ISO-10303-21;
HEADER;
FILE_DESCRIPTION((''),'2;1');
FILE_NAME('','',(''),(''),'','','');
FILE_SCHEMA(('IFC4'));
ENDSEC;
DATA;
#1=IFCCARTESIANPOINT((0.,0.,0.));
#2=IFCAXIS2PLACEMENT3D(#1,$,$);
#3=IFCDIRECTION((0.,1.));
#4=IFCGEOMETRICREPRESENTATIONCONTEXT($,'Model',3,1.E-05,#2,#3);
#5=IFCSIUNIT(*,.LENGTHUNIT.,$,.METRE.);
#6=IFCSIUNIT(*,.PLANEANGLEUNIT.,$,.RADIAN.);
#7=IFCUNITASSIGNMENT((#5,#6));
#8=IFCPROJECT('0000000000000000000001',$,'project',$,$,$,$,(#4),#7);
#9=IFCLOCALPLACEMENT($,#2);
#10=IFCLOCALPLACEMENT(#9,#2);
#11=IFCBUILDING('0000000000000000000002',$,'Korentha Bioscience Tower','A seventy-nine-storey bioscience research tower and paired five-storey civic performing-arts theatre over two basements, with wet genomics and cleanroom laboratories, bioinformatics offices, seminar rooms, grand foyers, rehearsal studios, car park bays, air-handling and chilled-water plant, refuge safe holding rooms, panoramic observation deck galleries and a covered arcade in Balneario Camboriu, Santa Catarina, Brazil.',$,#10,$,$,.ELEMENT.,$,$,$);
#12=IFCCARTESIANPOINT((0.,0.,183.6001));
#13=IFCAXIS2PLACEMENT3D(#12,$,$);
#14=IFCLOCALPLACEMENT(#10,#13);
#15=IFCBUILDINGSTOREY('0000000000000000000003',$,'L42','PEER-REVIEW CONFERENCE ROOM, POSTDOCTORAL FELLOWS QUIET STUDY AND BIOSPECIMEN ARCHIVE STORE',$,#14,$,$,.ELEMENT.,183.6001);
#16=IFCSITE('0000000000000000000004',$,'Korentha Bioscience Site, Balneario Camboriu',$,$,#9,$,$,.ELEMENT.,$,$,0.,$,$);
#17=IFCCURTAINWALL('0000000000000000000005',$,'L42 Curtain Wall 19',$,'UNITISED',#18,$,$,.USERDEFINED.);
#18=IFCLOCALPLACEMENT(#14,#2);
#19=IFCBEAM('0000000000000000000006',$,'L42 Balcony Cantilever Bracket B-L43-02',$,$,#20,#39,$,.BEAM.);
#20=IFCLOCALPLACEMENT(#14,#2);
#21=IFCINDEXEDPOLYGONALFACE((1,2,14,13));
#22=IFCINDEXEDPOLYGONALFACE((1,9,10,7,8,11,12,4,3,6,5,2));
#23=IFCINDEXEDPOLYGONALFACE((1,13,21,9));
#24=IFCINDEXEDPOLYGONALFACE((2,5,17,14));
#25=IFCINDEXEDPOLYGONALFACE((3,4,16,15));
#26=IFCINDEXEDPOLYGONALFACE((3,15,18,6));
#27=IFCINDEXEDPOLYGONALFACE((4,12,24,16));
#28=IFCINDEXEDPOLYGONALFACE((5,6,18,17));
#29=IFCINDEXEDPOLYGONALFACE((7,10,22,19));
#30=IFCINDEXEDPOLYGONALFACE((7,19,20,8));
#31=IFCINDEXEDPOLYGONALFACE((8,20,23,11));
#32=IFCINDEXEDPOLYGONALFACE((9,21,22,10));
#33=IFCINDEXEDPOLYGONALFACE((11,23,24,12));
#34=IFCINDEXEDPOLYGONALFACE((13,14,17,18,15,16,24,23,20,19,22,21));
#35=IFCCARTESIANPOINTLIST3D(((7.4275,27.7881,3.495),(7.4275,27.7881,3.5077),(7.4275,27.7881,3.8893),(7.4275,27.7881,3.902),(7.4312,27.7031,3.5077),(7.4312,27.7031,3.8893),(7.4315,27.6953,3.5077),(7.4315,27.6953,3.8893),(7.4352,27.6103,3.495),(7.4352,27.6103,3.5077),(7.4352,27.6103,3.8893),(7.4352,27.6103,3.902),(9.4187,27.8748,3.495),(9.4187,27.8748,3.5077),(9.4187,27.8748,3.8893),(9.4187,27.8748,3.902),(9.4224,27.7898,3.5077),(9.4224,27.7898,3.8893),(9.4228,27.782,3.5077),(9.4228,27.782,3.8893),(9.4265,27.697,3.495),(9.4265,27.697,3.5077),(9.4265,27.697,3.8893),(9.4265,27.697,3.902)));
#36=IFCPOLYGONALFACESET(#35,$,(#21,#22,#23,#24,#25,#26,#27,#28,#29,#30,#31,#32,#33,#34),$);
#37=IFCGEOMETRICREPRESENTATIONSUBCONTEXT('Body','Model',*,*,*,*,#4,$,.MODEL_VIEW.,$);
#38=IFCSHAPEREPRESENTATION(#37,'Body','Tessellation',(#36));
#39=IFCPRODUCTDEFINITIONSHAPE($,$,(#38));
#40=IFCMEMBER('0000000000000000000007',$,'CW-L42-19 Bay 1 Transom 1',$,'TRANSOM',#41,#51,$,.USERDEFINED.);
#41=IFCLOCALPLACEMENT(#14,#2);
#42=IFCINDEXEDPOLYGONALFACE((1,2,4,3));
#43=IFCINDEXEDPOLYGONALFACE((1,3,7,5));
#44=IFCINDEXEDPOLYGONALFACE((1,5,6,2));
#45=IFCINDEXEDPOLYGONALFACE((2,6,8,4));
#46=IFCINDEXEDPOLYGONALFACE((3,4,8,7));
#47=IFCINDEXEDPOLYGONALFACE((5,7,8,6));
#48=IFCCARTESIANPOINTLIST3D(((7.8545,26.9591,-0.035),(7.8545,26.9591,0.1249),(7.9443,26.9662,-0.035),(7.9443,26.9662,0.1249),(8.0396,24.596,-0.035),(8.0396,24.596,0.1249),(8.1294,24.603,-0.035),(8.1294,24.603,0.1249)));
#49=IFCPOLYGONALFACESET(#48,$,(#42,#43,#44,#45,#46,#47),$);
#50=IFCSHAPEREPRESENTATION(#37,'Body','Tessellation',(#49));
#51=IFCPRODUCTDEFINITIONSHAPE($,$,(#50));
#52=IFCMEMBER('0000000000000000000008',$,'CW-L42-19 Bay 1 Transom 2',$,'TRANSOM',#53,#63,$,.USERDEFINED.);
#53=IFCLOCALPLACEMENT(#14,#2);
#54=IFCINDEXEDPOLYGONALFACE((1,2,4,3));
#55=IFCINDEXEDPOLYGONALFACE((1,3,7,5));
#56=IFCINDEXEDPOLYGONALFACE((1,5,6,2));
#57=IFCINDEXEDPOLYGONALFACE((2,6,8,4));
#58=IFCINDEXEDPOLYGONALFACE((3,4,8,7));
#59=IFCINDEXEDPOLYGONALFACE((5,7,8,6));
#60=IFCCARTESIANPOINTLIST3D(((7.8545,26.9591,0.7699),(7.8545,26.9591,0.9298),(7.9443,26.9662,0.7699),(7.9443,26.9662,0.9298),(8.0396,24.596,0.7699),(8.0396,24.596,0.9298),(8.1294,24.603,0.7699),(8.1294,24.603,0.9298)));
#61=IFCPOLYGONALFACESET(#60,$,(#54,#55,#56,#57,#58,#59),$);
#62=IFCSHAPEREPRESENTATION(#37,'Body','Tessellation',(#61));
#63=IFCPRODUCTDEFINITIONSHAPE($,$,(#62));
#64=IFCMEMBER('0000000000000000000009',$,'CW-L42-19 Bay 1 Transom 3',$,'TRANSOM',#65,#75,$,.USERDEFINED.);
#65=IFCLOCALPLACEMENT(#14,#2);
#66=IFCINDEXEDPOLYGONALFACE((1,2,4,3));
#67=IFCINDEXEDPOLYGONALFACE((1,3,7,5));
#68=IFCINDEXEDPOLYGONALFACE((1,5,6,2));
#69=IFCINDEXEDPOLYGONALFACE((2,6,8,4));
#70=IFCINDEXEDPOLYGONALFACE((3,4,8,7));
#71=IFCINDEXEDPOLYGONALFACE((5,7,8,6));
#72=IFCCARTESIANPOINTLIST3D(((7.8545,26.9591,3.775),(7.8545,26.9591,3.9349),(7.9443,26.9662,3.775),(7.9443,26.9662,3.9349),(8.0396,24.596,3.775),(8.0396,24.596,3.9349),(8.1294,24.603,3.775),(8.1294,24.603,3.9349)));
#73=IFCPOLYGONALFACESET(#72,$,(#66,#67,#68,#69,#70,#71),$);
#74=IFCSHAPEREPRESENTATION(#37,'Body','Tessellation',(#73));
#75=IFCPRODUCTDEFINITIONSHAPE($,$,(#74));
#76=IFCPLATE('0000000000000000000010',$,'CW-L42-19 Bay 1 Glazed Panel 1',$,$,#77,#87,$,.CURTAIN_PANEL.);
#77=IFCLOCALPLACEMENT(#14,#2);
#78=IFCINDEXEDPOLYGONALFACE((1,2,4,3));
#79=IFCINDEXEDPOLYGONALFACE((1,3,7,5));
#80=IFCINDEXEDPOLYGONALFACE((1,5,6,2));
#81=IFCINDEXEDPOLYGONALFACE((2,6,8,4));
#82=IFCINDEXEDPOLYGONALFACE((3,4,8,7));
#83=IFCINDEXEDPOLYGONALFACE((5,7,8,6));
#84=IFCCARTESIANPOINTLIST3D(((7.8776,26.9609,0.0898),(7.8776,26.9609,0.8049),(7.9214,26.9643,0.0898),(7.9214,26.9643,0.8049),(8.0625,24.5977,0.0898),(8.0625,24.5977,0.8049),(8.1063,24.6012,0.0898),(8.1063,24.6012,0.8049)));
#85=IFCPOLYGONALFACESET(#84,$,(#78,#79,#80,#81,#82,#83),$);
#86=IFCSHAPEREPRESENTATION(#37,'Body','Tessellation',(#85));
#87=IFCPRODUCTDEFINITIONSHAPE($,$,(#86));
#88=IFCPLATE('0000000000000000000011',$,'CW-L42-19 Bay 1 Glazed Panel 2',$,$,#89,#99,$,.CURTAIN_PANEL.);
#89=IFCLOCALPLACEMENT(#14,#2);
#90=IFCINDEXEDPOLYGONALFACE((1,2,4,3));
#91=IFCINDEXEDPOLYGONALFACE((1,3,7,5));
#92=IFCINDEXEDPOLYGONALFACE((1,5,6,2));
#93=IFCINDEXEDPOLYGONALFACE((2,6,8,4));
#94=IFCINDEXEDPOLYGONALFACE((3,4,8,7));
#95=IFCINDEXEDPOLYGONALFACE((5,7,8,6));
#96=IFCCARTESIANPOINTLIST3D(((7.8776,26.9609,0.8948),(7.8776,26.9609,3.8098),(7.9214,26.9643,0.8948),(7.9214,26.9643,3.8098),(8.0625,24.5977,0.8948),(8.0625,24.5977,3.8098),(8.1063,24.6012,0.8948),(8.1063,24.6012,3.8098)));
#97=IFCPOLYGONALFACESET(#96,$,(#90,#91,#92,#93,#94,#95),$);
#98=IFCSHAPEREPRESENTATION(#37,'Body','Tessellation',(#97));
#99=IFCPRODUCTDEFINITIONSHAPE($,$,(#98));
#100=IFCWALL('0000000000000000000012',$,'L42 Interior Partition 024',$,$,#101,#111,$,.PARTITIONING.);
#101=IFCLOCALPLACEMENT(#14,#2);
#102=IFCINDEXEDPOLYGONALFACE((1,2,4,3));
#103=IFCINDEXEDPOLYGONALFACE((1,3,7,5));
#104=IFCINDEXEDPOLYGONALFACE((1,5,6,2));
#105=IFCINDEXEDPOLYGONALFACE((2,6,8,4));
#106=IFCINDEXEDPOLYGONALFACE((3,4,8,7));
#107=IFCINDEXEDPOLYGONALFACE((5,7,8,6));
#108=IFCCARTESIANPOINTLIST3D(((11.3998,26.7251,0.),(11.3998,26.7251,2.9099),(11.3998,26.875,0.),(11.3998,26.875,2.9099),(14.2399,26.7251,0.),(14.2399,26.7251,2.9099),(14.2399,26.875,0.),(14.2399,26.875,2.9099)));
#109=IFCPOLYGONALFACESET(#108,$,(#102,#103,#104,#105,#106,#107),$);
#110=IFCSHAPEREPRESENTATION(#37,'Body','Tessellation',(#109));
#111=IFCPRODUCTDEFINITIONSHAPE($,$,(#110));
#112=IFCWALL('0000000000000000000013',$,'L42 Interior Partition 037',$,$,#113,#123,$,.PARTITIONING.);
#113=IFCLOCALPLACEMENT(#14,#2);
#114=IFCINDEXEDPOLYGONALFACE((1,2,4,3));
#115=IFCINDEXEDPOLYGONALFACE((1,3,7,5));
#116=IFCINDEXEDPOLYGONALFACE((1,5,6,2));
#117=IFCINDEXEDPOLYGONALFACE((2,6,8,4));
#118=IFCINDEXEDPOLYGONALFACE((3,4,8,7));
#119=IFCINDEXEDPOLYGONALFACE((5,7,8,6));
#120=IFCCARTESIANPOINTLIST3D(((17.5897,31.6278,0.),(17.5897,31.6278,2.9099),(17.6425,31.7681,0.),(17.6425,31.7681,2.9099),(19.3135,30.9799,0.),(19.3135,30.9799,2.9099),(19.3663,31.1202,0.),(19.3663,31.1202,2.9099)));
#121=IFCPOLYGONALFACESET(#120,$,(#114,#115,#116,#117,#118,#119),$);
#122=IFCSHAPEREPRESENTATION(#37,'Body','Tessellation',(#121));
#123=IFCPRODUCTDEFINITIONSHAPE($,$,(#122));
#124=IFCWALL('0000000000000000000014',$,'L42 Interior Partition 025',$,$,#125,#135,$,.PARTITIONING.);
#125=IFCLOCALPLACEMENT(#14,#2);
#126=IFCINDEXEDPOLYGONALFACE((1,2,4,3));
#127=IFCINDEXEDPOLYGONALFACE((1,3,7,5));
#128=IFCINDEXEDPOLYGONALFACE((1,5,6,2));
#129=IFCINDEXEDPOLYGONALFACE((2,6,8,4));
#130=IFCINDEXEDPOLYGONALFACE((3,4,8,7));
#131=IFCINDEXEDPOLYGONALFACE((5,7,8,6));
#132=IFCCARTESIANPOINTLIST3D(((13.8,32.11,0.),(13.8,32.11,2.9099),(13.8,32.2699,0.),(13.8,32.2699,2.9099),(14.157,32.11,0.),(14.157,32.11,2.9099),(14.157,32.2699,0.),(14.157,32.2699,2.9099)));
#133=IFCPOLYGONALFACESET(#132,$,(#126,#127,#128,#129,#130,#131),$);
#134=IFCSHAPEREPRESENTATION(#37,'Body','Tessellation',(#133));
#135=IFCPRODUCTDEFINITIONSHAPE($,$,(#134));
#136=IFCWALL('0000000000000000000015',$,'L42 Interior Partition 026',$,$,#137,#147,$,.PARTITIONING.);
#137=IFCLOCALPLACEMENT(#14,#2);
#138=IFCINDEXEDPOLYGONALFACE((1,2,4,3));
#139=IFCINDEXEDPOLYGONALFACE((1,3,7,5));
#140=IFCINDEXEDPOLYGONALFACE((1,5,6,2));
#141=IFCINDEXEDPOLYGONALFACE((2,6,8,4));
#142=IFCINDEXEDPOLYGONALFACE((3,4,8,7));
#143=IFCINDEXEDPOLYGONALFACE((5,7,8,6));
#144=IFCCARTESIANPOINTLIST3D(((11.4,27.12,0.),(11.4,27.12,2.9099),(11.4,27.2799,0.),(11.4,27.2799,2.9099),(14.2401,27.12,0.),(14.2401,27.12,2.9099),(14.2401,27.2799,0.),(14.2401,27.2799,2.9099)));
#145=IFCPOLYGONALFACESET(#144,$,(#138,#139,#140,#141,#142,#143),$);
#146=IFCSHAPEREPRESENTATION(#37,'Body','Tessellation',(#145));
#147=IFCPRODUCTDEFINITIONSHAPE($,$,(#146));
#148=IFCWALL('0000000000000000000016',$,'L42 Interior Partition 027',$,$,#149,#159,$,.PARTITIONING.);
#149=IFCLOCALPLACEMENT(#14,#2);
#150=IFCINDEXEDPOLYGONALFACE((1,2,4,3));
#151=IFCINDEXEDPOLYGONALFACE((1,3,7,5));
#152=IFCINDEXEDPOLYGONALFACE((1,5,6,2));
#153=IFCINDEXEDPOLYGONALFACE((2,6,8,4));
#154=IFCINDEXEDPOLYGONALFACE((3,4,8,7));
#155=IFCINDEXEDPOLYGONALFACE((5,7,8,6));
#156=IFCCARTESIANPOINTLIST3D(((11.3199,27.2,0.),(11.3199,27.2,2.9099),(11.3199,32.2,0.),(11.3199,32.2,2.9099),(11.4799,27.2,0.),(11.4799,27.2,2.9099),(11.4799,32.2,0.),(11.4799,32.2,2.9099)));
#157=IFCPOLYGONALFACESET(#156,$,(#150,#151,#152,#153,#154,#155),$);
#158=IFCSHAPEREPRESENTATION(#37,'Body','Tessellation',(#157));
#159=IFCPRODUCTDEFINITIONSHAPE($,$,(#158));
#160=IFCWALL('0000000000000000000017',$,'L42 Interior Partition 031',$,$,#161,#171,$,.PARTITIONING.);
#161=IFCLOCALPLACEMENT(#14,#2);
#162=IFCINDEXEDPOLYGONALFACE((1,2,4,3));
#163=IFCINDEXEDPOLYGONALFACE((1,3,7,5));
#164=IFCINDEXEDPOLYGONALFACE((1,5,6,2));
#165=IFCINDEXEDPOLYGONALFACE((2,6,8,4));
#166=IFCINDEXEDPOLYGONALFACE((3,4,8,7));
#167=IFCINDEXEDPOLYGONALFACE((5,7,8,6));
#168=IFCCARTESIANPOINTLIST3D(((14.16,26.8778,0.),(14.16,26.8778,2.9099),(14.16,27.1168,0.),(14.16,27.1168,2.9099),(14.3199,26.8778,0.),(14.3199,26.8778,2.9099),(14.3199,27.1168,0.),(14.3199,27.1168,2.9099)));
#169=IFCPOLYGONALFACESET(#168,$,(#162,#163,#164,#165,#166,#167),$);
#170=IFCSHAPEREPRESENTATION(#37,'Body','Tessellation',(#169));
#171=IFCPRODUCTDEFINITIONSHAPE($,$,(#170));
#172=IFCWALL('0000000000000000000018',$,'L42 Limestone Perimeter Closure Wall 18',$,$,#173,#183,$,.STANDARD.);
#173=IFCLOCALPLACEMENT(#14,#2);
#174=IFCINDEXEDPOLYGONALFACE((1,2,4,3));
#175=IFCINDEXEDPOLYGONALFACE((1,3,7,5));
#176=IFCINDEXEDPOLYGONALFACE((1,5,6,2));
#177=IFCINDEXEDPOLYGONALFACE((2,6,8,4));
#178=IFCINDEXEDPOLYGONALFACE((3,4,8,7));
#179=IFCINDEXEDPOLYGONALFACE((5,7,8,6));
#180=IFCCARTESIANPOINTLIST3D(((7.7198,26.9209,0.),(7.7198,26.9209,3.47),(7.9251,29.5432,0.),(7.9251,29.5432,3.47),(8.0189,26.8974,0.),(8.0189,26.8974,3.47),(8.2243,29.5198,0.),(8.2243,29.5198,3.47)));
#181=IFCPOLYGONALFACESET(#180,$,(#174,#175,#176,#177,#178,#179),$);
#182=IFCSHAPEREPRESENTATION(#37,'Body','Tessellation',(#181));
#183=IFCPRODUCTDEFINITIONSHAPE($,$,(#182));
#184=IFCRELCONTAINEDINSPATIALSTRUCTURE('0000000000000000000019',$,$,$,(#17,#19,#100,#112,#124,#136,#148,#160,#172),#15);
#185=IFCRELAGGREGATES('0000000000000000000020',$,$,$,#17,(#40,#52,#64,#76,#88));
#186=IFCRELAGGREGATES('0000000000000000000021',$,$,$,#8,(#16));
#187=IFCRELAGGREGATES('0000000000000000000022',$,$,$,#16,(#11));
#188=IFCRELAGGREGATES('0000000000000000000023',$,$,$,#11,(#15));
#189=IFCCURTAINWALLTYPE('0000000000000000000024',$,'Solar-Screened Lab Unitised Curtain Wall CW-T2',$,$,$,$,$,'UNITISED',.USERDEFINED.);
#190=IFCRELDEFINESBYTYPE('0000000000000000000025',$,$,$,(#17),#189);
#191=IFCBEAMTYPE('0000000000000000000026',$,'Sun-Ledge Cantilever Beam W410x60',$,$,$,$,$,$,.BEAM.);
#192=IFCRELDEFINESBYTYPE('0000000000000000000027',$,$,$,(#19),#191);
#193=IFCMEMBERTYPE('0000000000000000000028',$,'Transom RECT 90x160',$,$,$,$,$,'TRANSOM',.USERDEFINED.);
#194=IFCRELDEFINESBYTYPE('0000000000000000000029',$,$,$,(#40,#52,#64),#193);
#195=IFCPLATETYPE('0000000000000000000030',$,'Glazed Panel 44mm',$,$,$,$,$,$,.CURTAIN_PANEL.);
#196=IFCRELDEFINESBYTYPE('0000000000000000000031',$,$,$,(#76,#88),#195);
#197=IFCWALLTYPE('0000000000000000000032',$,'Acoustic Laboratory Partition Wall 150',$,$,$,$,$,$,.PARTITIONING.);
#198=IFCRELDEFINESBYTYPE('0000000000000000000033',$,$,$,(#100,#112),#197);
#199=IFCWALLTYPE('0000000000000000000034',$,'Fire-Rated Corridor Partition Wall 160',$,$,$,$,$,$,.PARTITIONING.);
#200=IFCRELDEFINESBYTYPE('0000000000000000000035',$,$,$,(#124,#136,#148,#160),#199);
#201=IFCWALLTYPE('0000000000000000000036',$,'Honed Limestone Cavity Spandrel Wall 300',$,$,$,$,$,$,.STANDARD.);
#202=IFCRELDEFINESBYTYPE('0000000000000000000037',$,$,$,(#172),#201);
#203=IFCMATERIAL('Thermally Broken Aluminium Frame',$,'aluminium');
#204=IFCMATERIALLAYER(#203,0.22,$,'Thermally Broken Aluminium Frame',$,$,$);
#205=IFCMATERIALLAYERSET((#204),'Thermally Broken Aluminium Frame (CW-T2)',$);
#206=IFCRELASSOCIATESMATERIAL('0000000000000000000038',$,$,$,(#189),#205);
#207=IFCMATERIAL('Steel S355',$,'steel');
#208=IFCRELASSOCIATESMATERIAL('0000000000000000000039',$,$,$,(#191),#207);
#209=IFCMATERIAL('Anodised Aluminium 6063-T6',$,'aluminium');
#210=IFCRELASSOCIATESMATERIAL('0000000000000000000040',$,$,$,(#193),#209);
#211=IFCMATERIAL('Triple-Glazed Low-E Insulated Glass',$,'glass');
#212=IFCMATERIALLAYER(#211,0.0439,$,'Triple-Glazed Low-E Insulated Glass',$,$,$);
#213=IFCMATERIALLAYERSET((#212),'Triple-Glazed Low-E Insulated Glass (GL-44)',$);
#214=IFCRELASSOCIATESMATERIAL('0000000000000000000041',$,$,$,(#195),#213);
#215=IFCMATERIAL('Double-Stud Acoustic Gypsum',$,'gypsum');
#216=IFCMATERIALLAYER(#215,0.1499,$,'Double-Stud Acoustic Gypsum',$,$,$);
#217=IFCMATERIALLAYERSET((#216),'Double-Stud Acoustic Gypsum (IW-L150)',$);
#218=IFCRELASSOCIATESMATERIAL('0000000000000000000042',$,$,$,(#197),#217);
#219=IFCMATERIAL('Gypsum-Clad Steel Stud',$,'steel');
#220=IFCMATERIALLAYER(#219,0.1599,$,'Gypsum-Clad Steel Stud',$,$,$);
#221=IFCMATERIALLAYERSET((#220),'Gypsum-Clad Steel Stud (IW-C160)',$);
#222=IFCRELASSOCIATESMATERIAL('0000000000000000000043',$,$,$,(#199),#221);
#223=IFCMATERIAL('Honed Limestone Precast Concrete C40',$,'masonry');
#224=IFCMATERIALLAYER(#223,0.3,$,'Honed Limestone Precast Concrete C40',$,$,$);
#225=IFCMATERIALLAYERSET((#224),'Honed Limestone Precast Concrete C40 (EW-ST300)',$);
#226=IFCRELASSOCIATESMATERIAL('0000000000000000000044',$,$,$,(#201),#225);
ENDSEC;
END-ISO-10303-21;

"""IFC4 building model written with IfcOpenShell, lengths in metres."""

from ifc_helpers import new_model, si_unit, direction, frame, frame_2d, origin, origin_2d, place, context, subcontext, project, spatial, rectangle, i_section, extrude, material, layer, layer_set, material_profile, profile_set, type_object, element, aggregate, save


model = new_model("IFC4")

# Units and contexts
model_context = context("Model", 3, precision=1e-05, world=origin(), true_north=direction((0.0, 1.0)))
body_context = subcontext(model_context, "Body", "Model", "MODEL_VIEW")
ifc_project = project(units=[si_unit("LENGTHUNIT", "METRE"), si_unit("PLANEANGLEUNIT", "RADIAN")], contexts=[model_context])

# Site, building, storey
site_placement = place(None, origin())
site = spatial("IfcSite", under=ifc_project, at=site_placement, Name="Korentha Bioscience Site, Balneario Camboriu", CompositionType="ELEMENT", RefElevation=0.0)
building_placement = place(site_placement, origin())
building = spatial("IfcBuilding", under=site, at=building_placement, Name="Korentha Bioscience Tower", Description="A seventy-nine-storey bioscience research tower and paired five-storey civic performing-arts theatre over two basements, with wet genomics and cleanroom laboratories, bioinformatics offices, seminar rooms, grand foyers, rehearsal studios, car park bays, air-handling and chilled-water plant, refuge safe holding rooms, panoramic observation deck galleries and a covered arcade in Balneario Camboriu, Santa Catarina, Brazil.", CompositionType="ELEMENT")
storey_placement = place(building_placement, frame((0.0, 0.0, 183.6001)))
storey = spatial("IfcBuildingStorey", under=building, at=storey_placement, Name="L42", Description="PEER-REVIEW CONFERENCE ROOM, POSTDOCTORAL FELLOWS QUIET STUDY AND BIOSPECIMEN ARCHIVE STORE", CompositionType="ELEMENT", Elevation=183.6001)

# Shared definitions
ifc_material_1 = material(Name="Steel S355", Category="steel")

# Curtain wall
ifc_material_2 = material(Name="Thermally Broken Aluminium Frame", Category="aluminium")
ifc_layer_1 = layer(ifc_material_2, 0.22, Name="Thermally Broken Aluminium Frame")
ifc_layer_set_1 = layer_set([ifc_layer_1], Name="Thermally Broken Aluminium Frame (CW-T2)")
curtain_wall_type = type_object("IfcCurtainWallType", Name="Solar-Screened Lab Unitised Curtain Wall CW-T2", ElementType="UNITISED", PredefinedType="USERDEFINED", material=ifc_layer_set_1)
curtain_wall_placement = place(storey_placement, origin())
curtain_wall = element("IfcCurtainWall", 1, at=curtain_wall_placement, inside=storey, type_object=curtain_wall_type, Name="L42 Curtain Wall 19", ObjectType="UNITISED", PredefinedType="USERDEFINED")
ifc_material_3 = material(Name="Anodised Aluminium 6063-T6", Category="aluminium")

# Beam
ifc_material_profile_1 = material_profile(ifc_material_1, i_section(OverallWidth=0.178, OverallDepth=0.407, WebThickness=0.0078, FlangeThickness=0.0127, at=origin_2d()), Name="Steel S355")
ifc_profile_set_1 = profile_set([ifc_material_profile_1], Name="Steel S355 (CB-410)")
beam_type_1 = type_object("IfcBeamType", Name="Sun-Ledge Cantilever Beam W410x60", PredefinedType="BEAM", material=ifc_profile_set_1)
beam_1_placement = place(storey_placement, frame((9.4226, 27.7859, 3.6985), z_axis=(-0.999054, -0.043485, 0.0), x_axis=(0.043485, -0.999054, 0.0)))
element("IfcBeam", 2, at=beam_1_placement, inside=storey, type_object=beam_type_1, Name="L42 Balcony Cantilever Bracket B-L43-02", PredefinedType="BEAM", context=body_context, shape_type="SweptSolid", body=[
    extrude(i_section(OverallWidth=0.178, OverallDepth=0.407, WebThickness=0.0078, FlangeThickness=0.0127, at=origin_2d()), origin(), (0.0, 0.0, 1.0), 1.9932),
])

# Members
ifc_material_profile_2 = material_profile(ifc_material_3, rectangle(XDim=0.0901, YDim=0.1599, at=origin_2d()), Name="Anodised Aluminium 6063-T6")
ifc_profile_set_2 = profile_set([ifc_material_profile_2], Name="Anodised Aluminium 6063-T6 (CW-TRN)")
member_type_1 = type_object("IfcMemberType", Name="Transom RECT 90x160", ElementType="TRANSOM", PredefinedType="USERDEFINED", material=ifc_profile_set_2)
member_1_placement = place(storey_placement, frame((7.8994, 26.9626, 0.0449), z_axis=(0.078075, -0.996948, 0.0), x_axis=(0.996948, 0.078075, 0.0)))
member_1 = element("IfcMember", 3, at=member_1_placement, type_object=member_type_1, Name="CW-L42-19 Bay 1 Transom 1", ObjectType="TRANSOM", PredefinedType="USERDEFINED", context=body_context, shape_type="SweptSolid", body=[
    extrude(rectangle(XDim=0.0901, YDim=0.1599, at=origin_2d()), origin(), (0.0, 0.0, 1.0), 2.3704),
])
member_2_placement = place(storey_placement, frame((7.8994, 26.9626, 0.8499), z_axis=(0.078075, -0.996948, 0.0), x_axis=(0.996948, 0.078075, 0.0)))
member_2 = element("IfcMember", 4, at=member_2_placement, type_object=member_type_1, Name="CW-L42-19 Bay 1 Transom 2", ObjectType="TRANSOM", PredefinedType="USERDEFINED", context=body_context, shape_type="SweptSolid", body=[
    extrude(rectangle(XDim=0.0901, YDim=0.1599, at=origin_2d()), origin(), (0.0, 0.0, 1.0), 2.3704),
])
member_3_placement = place(storey_placement, frame((7.8994, 26.9626, 3.855), z_axis=(0.078075, -0.996948, 0.0), x_axis=(0.996948, 0.078075, 0.0)))
member_3 = element("IfcMember", 5, at=member_3_placement, type_object=member_type_1, Name="CW-L42-19 Bay 1 Transom 3", ObjectType="TRANSOM", PredefinedType="USERDEFINED", context=body_context, shape_type="SweptSolid", body=[
    extrude(rectangle(XDim=0.0901, YDim=0.1599, at=origin_2d()), origin(), (0.0, 0.0, 1.0), 2.3704),
])

# Plates
ifc_material_4 = material(Name="Triple-Glazed Low-E Insulated Glass", Category="glass")
ifc_layer_2 = layer(ifc_material_4, 0.0439, Name="Triple-Glazed Low-E Insulated Glass")
ifc_layer_set_2 = layer_set([ifc_layer_2], Name="Triple-Glazed Low-E Insulated Glass (GL-44)")
plate_type = type_object("IfcPlateType", Name="Glazed Panel 44mm", PredefinedType="CURTAIN_PANEL", material=ifc_layer_set_2)
plate_1_placement = place(storey_placement, frame((7.9919, 25.781, 0.0898), z_axis=(0.0, 0.0, 1.0), x_axis=(0.078031, -0.996951, 0.0)))
plate_1 = element("IfcPlate", 6, at=plate_1_placement, type_object=plate_type, Name="CW-L42-19 Bay 1 Glazed Panel 1", PredefinedType="CURTAIN_PANEL", context=body_context, shape_type="SweptSolid", body=[
    extrude(rectangle(XDim=2.3704, YDim=0.0439, at=origin_2d()), origin(), (0.0, 0.0, 1.0), 0.7151),
])
plate_2_placement = place(storey_placement, frame((7.9919, 25.781, 0.8948), z_axis=(0.0, 0.0, 1.0), x_axis=(0.078031, -0.996951, 0.0)))
plate_2 = element("IfcPlate", 7, at=plate_2_placement, type_object=plate_type, Name="CW-L42-19 Bay 1 Glazed Panel 2", PredefinedType="CURTAIN_PANEL", context=body_context, shape_type="SweptSolid", body=[
    extrude(rectangle(XDim=2.3704, YDim=0.0439, at=origin_2d()), origin(), (0.0, 0.0, 1.0), 2.915),
])
aggregate(curtain_wall, [member_1, member_2, member_3, plate_1, plate_2])

# Shared definitions
ifc_material_5 = material(Name="Double-Stud Acoustic Gypsum", Category="gypsum")
ifc_layer_3 = layer(ifc_material_5, 0.1499, Name="Double-Stud Acoustic Gypsum")
ifc_layer_set_3 = layer_set([ifc_layer_3], Name="Double-Stud Acoustic Gypsum (IW-L150)")
wall_type_1 = type_object("IfcWallType", Name="Acoustic Laboratory Partition Wall 150", PredefinedType="PARTITIONING", material=ifc_layer_set_3)

# Walls
wall_1_placement = place(storey_placement, frame((11.3999, 26.8, 0.0), z_axis=(0.0, 0.0, 1.0), x_axis=(1.0, 0.0, 0.0)))
element("IfcWall", 8, at=wall_1_placement, inside=storey, type_object=wall_type_1, Name="L42 Interior Partition 024", PredefinedType="PARTITIONING", context=body_context, shape_type="SweptSolid", body=[
    extrude(rectangle(XDim=2.8401, YDim=0.1499, at=frame_2d((1.4199, 0.0))), origin(), (0.0, 0.0, 1.0), 2.9099),
])
wall_2_placement = place(storey_placement, frame((17.616, 31.698, 0.0), z_axis=(0.0, 0.0, 1.0), x_axis=(0.936062, -0.351835, 0.0)))
element("IfcWall", 9, at=wall_2_placement, inside=storey, type_object=wall_type_1, Name="L42 Interior Partition 037", PredefinedType="PARTITIONING", context=body_context, shape_type="SweptSolid", body=[
    extrude(rectangle(XDim=1.8416, YDim=0.1499, at=frame_2d((0.9209, 0.0))), origin(), (0.0, 0.0, 1.0), 2.9099),
])
ifc_material_6 = material(Name="Gypsum-Clad Steel Stud", Category="steel")
ifc_layer_4 = layer(ifc_material_6, 0.1599, Name="Gypsum-Clad Steel Stud")
ifc_layer_set_4 = layer_set([ifc_layer_4], Name="Gypsum-Clad Steel Stud (IW-C160)")
wall_type_2 = type_object("IfcWallType", Name="Fire-Rated Corridor Partition Wall 160", PredefinedType="PARTITIONING", material=ifc_layer_set_4)
wall_3_placement = place(storey_placement, frame((13.8, 32.1899, 0.0), z_axis=(0.0, 0.0, 1.0), x_axis=(1.0, 0.0, 0.0)))
element("IfcWall", 10, at=wall_3_placement, inside=storey, type_object=wall_type_2, Name="L42 Interior Partition 025", PredefinedType="PARTITIONING", context=body_context, shape_type="SweptSolid", body=[
    extrude(rectangle(XDim=0.3569, YDim=0.1599, at=frame_2d((0.1785, 0.0))), origin(), (0.0, 0.0, 1.0), 2.9099),
])
wall_4_placement = place(storey_placement, frame((14.24, 27.2, 0.0), z_axis=(0.0, 0.0, 1.0), x_axis=(-1.0, 0.0, 0.0)))
element("IfcWall", 11, at=wall_4_placement, inside=storey, type_object=wall_type_2, Name="L42 Interior Partition 026", PredefinedType="PARTITIONING", context=body_context, shape_type="SweptSolid", body=[
    extrude(rectangle(XDim=2.8401, YDim=0.1599, at=frame_2d((1.4199, 0.0))), origin(), (0.0, 0.0, 1.0), 2.9099),
])
wall_5_placement = place(storey_placement, frame((11.3999, 27.2, 0.0), z_axis=(0.0, 0.0, 1.0), x_axis=(0.0, 1.0, 0.0)))
element("IfcWall", 12, at=wall_5_placement, inside=storey, type_object=wall_type_2, Name="L42 Interior Partition 027", PredefinedType="PARTITIONING", context=body_context, shape_type="SweptSolid", body=[
    extrude(rectangle(XDim=5.0, YDim=0.1599, at=frame_2d((2.5, 0.0))), origin(), (0.0, 0.0, 1.0), 2.9099),
])
wall_6_placement = place(storey_placement, frame((14.24, 27.1169, 0.0), z_axis=(0.0, 0.0, 1.0), x_axis=(0.0, -1.0, 0.0)))
element("IfcWall", 13, at=wall_6_placement, inside=storey, type_object=wall_type_2, Name="L42 Interior Partition 031", PredefinedType="PARTITIONING", context=body_context, shape_type="SweptSolid", body=[
    extrude(rectangle(XDim=0.239, YDim=0.1599, at=frame_2d((0.1196, 0.0))), origin(), (0.0, 0.0, 1.0), 2.9099),
])
ifc_material_7 = material(Name="Honed Limestone Precast Concrete C40", Category="masonry")
ifc_layer_5 = layer(ifc_material_7, 0.3, Name="Honed Limestone Precast Concrete C40")
ifc_layer_set_5 = layer_set([ifc_layer_5], Name="Honed Limestone Precast Concrete C40 (EW-ST300)")
wall_type_3 = type_object("IfcWallType", Name="Honed Limestone Cavity Spandrel Wall 300", PredefinedType="STANDARD", material=ifc_layer_set_5)
wall_7_placement = place(storey_placement, frame((8.0747, 29.5315, 0.0), z_axis=(0.0, 0.0, 1.0), x_axis=(-0.078059, -0.996949, 0.0)))
element("IfcWall", 14, at=wall_7_placement, inside=storey, type_object=wall_type_3, Name="L42 Limestone Perimeter Closure Wall 18", PredefinedType="STANDARD", context=body_context, shape_type="SweptSolid", body=[
    extrude(rectangle(XDim=2.6304, YDim=0.3, at=frame_2d((1.3152, 0.0))), origin(), (0.0, 0.0, 1.0), 3.47),
])

save(model, "model.ifc")
